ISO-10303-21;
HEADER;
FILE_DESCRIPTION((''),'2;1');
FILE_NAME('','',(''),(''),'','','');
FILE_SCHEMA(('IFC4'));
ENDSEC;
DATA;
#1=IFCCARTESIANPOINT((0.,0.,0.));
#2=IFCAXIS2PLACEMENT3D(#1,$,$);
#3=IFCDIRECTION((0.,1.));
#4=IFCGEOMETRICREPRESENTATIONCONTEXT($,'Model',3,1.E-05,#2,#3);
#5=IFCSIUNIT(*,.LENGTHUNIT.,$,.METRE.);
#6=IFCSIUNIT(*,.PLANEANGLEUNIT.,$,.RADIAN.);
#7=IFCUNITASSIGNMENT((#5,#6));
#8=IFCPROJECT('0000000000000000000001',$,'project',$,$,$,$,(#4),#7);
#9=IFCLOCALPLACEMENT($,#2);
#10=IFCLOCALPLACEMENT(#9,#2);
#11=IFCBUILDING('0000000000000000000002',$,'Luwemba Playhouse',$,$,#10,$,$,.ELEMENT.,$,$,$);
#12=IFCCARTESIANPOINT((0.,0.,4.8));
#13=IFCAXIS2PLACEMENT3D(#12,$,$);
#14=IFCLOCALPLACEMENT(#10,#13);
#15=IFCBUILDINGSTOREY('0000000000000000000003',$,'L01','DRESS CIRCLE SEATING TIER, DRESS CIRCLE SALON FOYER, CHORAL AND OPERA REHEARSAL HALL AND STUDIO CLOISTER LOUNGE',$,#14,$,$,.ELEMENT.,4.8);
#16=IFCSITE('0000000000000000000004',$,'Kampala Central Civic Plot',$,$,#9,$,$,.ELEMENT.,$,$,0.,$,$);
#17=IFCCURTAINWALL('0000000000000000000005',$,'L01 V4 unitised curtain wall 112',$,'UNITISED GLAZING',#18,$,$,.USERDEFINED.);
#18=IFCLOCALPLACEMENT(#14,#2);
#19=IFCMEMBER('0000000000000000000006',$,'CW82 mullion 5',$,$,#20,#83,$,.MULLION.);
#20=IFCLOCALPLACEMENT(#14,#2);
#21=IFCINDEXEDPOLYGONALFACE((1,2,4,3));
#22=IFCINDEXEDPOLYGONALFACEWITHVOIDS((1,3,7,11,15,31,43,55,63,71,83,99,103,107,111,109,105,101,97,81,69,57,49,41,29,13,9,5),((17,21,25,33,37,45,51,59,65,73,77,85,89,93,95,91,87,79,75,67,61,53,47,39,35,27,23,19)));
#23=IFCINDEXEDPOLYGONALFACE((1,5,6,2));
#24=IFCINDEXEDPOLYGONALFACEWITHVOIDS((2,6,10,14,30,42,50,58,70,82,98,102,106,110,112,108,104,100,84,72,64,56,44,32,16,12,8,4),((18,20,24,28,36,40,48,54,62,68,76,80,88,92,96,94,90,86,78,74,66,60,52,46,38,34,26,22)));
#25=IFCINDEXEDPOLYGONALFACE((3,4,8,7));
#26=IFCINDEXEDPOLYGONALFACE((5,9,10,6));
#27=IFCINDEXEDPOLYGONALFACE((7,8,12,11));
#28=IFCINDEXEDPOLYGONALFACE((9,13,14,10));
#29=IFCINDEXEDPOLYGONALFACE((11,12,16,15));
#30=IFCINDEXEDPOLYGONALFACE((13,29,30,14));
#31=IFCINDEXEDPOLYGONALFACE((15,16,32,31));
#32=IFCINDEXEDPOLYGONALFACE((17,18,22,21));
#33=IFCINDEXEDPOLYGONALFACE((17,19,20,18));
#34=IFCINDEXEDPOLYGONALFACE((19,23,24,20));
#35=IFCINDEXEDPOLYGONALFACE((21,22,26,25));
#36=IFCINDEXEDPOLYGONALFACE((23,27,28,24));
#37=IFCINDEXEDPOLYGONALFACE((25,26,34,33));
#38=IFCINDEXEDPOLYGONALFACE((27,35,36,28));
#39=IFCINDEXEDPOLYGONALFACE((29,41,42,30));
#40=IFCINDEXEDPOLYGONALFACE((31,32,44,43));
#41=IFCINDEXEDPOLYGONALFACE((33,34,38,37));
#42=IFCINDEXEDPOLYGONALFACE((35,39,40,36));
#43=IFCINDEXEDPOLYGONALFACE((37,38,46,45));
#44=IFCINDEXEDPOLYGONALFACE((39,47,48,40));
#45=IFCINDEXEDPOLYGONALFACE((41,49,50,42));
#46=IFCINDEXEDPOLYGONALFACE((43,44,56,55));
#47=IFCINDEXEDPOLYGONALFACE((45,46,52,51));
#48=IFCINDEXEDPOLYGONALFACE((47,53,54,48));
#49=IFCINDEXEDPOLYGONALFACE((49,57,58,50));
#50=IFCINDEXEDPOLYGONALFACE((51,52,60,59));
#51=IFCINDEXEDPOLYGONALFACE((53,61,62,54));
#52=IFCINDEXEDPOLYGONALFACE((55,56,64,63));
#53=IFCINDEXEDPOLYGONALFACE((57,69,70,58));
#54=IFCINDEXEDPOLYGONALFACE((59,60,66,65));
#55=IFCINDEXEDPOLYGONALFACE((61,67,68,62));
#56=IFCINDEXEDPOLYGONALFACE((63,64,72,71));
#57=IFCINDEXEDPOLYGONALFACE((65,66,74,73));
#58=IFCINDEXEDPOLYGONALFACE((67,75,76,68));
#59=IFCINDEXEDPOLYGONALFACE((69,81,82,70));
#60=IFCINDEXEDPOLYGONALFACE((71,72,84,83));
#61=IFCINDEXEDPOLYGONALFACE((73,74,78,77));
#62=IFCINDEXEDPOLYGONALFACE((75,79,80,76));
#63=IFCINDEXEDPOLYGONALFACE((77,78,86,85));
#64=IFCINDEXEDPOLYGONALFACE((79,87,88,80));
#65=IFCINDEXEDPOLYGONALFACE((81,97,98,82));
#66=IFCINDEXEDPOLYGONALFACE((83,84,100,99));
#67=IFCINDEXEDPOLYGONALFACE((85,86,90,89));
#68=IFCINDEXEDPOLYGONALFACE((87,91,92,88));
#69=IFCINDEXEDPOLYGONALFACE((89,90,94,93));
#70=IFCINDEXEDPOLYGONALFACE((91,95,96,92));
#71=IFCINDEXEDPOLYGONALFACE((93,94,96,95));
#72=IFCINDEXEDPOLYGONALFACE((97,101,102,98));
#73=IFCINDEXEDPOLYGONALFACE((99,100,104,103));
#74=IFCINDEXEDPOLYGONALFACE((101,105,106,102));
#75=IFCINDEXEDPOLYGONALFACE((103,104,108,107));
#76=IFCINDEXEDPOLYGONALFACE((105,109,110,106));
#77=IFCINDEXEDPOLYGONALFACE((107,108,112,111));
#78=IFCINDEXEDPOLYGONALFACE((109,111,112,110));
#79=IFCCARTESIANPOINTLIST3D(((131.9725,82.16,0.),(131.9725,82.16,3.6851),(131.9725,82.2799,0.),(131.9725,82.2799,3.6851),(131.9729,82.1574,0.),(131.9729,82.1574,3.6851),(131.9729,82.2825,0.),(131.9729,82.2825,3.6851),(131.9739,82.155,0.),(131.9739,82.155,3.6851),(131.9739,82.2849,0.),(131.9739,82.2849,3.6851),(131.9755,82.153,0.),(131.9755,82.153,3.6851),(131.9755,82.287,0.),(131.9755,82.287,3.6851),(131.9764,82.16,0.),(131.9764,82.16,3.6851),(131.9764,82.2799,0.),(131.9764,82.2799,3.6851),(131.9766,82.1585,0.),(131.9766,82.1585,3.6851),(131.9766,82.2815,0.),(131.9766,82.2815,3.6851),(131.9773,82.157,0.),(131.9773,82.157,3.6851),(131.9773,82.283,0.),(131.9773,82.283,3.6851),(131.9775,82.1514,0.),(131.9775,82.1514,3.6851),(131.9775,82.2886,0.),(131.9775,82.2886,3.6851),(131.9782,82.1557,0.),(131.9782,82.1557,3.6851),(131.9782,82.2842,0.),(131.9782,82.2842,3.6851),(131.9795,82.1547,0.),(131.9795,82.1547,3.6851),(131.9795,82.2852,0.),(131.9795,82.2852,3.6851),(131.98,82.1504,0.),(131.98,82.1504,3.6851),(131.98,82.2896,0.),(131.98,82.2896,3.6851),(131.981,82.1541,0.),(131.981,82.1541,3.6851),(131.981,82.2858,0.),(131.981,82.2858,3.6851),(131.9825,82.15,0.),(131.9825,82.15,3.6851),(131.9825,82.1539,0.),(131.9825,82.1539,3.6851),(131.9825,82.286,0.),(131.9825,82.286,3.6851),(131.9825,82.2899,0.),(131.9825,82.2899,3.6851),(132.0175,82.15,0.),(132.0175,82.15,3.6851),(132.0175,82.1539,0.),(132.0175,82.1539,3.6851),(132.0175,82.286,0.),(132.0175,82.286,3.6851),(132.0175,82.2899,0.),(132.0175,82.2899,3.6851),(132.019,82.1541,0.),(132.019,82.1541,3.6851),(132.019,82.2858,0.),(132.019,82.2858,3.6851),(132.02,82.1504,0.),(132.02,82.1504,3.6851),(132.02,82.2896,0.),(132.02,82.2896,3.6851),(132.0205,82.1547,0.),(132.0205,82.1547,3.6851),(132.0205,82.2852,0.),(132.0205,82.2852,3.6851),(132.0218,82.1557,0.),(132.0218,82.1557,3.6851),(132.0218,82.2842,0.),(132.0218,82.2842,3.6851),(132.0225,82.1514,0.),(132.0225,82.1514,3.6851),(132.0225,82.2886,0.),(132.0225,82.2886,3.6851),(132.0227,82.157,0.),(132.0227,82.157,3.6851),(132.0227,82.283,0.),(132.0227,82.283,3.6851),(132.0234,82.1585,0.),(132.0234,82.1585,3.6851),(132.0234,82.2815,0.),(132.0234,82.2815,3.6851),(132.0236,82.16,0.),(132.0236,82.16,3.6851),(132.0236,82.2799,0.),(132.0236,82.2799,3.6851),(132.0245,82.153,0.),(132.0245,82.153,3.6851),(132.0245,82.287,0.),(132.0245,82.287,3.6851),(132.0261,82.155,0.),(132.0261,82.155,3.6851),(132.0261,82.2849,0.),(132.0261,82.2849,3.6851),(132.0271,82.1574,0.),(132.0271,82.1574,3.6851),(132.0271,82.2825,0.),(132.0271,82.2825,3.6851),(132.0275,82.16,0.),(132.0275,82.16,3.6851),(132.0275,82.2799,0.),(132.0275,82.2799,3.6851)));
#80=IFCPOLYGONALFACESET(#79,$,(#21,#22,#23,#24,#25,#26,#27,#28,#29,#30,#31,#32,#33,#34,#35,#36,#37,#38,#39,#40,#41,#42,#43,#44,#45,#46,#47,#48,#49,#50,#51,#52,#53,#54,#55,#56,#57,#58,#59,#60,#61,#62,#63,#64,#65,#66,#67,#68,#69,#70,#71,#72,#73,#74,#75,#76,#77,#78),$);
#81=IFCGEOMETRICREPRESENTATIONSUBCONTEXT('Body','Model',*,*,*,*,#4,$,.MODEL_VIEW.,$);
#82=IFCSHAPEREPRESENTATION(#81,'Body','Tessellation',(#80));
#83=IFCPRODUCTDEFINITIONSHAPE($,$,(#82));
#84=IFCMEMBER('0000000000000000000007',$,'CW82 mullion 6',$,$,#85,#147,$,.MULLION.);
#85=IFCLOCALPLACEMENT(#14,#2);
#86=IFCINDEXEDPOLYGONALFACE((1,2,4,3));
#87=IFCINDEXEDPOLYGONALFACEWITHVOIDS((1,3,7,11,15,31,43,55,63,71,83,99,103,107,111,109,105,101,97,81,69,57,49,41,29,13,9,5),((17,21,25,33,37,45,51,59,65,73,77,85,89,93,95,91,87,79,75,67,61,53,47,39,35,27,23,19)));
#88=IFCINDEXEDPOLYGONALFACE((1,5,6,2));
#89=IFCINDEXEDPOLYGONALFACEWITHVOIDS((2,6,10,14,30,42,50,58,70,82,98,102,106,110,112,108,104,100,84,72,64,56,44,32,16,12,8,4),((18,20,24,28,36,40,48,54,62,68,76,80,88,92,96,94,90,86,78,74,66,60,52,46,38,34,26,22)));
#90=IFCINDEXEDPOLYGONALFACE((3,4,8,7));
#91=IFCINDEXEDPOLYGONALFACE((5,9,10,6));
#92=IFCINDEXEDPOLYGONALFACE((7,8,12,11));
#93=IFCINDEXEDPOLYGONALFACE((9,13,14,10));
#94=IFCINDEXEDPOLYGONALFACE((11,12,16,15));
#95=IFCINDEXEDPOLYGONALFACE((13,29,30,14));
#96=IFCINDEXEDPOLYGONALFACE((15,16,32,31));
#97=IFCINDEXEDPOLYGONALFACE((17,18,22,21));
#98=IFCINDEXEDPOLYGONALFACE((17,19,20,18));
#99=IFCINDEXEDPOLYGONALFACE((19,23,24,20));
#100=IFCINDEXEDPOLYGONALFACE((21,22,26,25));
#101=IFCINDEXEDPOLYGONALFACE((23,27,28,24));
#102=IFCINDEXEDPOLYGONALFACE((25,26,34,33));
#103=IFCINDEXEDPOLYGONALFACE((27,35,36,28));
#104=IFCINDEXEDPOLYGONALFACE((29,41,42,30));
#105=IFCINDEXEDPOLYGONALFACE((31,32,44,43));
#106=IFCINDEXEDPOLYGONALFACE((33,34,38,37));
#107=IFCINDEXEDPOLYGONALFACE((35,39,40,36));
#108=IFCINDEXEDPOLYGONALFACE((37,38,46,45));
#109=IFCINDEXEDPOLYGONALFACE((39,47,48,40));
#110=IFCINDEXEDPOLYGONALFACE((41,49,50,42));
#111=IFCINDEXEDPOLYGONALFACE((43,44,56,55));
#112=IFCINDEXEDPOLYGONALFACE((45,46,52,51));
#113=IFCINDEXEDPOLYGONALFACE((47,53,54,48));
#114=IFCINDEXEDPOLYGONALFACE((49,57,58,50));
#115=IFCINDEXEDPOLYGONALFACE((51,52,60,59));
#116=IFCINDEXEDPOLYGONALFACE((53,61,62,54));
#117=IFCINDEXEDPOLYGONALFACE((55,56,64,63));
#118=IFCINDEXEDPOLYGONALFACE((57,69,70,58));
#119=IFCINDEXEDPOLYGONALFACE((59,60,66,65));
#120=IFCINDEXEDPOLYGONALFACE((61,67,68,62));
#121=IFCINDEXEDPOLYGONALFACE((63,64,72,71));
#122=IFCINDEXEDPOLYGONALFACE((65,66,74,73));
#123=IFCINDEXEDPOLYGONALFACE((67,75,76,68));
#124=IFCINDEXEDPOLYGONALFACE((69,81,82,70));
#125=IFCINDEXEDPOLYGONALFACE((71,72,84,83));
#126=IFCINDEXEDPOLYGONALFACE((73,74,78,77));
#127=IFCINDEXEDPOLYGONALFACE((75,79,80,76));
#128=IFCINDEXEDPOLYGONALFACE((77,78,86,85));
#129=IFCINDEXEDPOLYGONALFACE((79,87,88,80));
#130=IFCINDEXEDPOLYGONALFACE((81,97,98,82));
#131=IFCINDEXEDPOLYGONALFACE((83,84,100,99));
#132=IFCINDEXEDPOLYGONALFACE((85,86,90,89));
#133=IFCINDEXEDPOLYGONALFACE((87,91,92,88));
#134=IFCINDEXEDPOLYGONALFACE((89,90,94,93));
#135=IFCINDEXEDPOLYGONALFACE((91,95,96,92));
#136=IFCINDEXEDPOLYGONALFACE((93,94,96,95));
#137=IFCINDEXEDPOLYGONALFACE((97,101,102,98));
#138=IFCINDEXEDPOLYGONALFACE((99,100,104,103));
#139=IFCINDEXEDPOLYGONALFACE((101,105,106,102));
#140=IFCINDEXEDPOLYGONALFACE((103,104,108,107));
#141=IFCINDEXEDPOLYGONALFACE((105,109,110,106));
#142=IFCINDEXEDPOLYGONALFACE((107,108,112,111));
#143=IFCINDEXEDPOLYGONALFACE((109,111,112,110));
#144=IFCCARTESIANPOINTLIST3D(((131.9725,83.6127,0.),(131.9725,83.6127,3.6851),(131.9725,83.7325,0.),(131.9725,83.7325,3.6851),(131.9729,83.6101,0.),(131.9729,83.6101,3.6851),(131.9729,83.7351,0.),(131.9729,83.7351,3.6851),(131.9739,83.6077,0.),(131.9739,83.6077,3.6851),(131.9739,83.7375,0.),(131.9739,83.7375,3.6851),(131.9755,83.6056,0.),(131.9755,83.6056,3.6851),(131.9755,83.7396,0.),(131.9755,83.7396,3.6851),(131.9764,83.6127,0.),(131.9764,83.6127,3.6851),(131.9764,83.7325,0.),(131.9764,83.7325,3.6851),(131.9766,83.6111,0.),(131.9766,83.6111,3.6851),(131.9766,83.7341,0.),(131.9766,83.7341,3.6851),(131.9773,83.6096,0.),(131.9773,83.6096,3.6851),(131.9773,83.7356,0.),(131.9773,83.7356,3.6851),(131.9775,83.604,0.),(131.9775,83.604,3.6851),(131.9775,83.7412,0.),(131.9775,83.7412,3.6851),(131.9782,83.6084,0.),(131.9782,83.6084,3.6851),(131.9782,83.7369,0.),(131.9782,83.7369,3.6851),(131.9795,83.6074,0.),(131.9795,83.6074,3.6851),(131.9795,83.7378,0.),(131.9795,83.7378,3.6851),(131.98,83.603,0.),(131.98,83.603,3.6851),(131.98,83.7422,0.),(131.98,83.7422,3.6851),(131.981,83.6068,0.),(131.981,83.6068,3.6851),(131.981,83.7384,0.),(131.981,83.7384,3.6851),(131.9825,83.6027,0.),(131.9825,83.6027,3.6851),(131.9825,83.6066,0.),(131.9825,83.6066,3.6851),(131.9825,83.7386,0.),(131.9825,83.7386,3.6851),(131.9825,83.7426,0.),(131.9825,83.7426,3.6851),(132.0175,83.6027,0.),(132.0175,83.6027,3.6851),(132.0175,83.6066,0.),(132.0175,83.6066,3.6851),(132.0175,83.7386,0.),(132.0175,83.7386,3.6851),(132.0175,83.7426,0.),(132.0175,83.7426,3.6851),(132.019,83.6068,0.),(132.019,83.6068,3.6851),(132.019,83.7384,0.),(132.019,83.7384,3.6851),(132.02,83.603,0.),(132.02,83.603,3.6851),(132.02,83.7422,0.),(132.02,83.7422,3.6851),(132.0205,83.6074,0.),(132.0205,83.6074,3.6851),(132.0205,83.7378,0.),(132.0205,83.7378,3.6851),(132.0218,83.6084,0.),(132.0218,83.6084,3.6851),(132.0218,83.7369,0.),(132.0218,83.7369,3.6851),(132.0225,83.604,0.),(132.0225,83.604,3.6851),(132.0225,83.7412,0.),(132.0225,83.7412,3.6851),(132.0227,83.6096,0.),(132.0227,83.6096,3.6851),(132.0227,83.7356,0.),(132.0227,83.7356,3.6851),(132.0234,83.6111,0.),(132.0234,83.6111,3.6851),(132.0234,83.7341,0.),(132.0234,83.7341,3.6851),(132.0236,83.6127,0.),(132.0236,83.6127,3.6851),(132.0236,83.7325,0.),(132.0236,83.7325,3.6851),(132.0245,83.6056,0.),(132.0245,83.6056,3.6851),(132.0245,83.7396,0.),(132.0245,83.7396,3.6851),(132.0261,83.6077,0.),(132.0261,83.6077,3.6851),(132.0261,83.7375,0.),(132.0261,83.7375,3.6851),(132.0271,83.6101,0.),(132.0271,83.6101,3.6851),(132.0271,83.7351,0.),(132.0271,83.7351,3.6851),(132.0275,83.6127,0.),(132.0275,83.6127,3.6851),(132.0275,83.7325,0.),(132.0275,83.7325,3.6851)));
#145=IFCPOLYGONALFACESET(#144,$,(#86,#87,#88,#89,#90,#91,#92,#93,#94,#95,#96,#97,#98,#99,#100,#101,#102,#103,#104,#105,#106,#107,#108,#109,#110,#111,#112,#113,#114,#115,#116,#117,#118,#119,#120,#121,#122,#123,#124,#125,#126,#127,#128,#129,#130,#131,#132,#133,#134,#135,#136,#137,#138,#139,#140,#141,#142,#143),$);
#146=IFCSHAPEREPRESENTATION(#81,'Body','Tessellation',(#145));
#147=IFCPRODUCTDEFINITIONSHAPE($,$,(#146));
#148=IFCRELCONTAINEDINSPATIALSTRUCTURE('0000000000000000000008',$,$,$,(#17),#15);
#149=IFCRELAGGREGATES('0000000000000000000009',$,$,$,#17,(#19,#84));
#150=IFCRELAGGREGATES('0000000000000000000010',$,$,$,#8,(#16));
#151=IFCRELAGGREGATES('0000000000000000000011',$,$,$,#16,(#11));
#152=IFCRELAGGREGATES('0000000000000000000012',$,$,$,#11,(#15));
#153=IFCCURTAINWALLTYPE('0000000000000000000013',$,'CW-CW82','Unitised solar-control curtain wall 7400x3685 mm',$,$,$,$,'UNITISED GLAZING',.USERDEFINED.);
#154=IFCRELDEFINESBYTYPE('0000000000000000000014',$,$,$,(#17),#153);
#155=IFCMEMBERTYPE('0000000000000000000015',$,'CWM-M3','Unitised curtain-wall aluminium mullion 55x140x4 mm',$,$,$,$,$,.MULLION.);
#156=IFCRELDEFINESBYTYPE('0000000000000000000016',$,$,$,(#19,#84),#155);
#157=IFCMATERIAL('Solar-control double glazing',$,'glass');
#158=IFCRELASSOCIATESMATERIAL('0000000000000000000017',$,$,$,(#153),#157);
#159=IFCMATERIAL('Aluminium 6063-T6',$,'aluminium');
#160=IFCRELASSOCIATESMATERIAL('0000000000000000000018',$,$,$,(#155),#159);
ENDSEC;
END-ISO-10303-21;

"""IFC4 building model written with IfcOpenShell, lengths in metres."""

from ifc_helpers import new_model, si_unit, direction, frame, origin, origin_2d, place, context, subcontext, project, spatial, hollow_rectangle, extrude, material, material_profile, profile_set, type_object, element, aggregate, save


model = new_model("IFC4")

# Units and contexts
model_context = context("Model", 3, precision=1e-05, world=origin(), true_north=direction((0.0, 1.0)))
body_context = subcontext(model_context, "Body", "Model", "MODEL_VIEW")
ifc_project = project(units=[si_unit("LENGTHUNIT", "METRE"), si_unit("PLANEANGLEUNIT", "RADIAN")], contexts=[model_context])

# Site, building, storey
site_placement = place(None, origin())
site = spatial("IfcSite", under=ifc_project, at=site_placement, Name="Kampala Central Civic Plot", CompositionType="ELEMENT", RefElevation=0.0)
building_placement = place(site_placement, origin())
building = spatial("IfcBuilding", under=site, at=building_placement, Name="Luwemba Playhouse", CompositionType="ELEMENT")
storey_placement = place(building_placement, frame((0.0, 0.0, 4.8)))
storey = spatial("IfcBuildingStorey", under=building, at=storey_placement, Name="L01", Description="DRESS CIRCLE SEATING TIER, DRESS CIRCLE SALON FOYER, CHORAL AND OPERA REHEARSAL HALL AND STUDIO CLOISTER LOUNGE", CompositionType="ELEMENT", Elevation=4.8)

# Curtain wall, members
ifc_material_1 = material(Name="Solar-control double glazing", Category="glass")
curtain_wall_type = type_object("IfcCurtainWallType", Name="CW-CW82", Description="Unitised solar-control curtain wall 7400x3685 mm", ElementType="UNITISED GLAZING", PredefinedType="USERDEFINED", material=ifc_material_1)
curtain_wall_placement = place(storey_placement, origin())
curtain_wall = element("IfcCurtainWall", 1, at=curtain_wall_placement, inside=storey, type_object=curtain_wall_type, Name="L01 V4 unitised curtain wall 112", ObjectType="UNITISED GLAZING", PredefinedType="USERDEFINED")
ifc_material_2 = material(Name="Aluminium 6063-T6", Category="aluminium")
ifc_material_profile_1 = material_profile(ifc_material_2, hollow_rectangle(XDim=0.0549, YDim=0.1399, WallThickness=0.0039, InnerFilletRadius=0.0061, OuterFilletRadius=0.01, at=origin_2d()))
ifc_profile_set_1 = profile_set([ifc_material_profile_1], Name="Aluminium 6063-T6")
member_type_1 = type_object("IfcMemberType", Name="CWM-M3", Description="Unitised curtain-wall aluminium mullion 55x140x4 mm", PredefinedType="MULLION", material=ifc_profile_set_1)
member_1_placement = place(storey_placement, frame((132.0, 82.22, 0.0), z_axis=(0.0, 0.0, 1.0), x_axis=(-1.0, 0.0, 0.0)))
member_1 = element("IfcMember", 2, at=member_1_placement, type_object=member_type_1, Name="CW82 mullion 5", PredefinedType="MULLION", context=body_context, shape_type="SweptSolid", body=[
    extrude(hollow_rectangle(XDim=0.0549, YDim=0.1399, WallThickness=0.0039, InnerFilletRadius=0.0061, OuterFilletRadius=0.01, at=origin_2d()), origin(), (0.0, 0.0, 1.0), 3.6851),
])
member_2_placement = place(storey_placement, frame((132.0, 83.6726, 0.0), z_axis=(0.0, 0.0, 1.0), x_axis=(-1.0, 0.0, 0.0)))
member_2 = element("IfcMember", 3, at=member_2_placement, type_object=member_type_1, Name="CW82 mullion 6", PredefinedType="MULLION", context=body_context, shape_type="SweptSolid", body=[
    extrude(hollow_rectangle(XDim=0.0549, YDim=0.1399, WallThickness=0.0039, InnerFilletRadius=0.0061, OuterFilletRadius=0.01, at=origin_2d()), origin(), (0.0, 0.0, 1.0), 3.6851),
])
aggregate(curtain_wall, [member_1, member_2])

save(model, "model.ifc")
